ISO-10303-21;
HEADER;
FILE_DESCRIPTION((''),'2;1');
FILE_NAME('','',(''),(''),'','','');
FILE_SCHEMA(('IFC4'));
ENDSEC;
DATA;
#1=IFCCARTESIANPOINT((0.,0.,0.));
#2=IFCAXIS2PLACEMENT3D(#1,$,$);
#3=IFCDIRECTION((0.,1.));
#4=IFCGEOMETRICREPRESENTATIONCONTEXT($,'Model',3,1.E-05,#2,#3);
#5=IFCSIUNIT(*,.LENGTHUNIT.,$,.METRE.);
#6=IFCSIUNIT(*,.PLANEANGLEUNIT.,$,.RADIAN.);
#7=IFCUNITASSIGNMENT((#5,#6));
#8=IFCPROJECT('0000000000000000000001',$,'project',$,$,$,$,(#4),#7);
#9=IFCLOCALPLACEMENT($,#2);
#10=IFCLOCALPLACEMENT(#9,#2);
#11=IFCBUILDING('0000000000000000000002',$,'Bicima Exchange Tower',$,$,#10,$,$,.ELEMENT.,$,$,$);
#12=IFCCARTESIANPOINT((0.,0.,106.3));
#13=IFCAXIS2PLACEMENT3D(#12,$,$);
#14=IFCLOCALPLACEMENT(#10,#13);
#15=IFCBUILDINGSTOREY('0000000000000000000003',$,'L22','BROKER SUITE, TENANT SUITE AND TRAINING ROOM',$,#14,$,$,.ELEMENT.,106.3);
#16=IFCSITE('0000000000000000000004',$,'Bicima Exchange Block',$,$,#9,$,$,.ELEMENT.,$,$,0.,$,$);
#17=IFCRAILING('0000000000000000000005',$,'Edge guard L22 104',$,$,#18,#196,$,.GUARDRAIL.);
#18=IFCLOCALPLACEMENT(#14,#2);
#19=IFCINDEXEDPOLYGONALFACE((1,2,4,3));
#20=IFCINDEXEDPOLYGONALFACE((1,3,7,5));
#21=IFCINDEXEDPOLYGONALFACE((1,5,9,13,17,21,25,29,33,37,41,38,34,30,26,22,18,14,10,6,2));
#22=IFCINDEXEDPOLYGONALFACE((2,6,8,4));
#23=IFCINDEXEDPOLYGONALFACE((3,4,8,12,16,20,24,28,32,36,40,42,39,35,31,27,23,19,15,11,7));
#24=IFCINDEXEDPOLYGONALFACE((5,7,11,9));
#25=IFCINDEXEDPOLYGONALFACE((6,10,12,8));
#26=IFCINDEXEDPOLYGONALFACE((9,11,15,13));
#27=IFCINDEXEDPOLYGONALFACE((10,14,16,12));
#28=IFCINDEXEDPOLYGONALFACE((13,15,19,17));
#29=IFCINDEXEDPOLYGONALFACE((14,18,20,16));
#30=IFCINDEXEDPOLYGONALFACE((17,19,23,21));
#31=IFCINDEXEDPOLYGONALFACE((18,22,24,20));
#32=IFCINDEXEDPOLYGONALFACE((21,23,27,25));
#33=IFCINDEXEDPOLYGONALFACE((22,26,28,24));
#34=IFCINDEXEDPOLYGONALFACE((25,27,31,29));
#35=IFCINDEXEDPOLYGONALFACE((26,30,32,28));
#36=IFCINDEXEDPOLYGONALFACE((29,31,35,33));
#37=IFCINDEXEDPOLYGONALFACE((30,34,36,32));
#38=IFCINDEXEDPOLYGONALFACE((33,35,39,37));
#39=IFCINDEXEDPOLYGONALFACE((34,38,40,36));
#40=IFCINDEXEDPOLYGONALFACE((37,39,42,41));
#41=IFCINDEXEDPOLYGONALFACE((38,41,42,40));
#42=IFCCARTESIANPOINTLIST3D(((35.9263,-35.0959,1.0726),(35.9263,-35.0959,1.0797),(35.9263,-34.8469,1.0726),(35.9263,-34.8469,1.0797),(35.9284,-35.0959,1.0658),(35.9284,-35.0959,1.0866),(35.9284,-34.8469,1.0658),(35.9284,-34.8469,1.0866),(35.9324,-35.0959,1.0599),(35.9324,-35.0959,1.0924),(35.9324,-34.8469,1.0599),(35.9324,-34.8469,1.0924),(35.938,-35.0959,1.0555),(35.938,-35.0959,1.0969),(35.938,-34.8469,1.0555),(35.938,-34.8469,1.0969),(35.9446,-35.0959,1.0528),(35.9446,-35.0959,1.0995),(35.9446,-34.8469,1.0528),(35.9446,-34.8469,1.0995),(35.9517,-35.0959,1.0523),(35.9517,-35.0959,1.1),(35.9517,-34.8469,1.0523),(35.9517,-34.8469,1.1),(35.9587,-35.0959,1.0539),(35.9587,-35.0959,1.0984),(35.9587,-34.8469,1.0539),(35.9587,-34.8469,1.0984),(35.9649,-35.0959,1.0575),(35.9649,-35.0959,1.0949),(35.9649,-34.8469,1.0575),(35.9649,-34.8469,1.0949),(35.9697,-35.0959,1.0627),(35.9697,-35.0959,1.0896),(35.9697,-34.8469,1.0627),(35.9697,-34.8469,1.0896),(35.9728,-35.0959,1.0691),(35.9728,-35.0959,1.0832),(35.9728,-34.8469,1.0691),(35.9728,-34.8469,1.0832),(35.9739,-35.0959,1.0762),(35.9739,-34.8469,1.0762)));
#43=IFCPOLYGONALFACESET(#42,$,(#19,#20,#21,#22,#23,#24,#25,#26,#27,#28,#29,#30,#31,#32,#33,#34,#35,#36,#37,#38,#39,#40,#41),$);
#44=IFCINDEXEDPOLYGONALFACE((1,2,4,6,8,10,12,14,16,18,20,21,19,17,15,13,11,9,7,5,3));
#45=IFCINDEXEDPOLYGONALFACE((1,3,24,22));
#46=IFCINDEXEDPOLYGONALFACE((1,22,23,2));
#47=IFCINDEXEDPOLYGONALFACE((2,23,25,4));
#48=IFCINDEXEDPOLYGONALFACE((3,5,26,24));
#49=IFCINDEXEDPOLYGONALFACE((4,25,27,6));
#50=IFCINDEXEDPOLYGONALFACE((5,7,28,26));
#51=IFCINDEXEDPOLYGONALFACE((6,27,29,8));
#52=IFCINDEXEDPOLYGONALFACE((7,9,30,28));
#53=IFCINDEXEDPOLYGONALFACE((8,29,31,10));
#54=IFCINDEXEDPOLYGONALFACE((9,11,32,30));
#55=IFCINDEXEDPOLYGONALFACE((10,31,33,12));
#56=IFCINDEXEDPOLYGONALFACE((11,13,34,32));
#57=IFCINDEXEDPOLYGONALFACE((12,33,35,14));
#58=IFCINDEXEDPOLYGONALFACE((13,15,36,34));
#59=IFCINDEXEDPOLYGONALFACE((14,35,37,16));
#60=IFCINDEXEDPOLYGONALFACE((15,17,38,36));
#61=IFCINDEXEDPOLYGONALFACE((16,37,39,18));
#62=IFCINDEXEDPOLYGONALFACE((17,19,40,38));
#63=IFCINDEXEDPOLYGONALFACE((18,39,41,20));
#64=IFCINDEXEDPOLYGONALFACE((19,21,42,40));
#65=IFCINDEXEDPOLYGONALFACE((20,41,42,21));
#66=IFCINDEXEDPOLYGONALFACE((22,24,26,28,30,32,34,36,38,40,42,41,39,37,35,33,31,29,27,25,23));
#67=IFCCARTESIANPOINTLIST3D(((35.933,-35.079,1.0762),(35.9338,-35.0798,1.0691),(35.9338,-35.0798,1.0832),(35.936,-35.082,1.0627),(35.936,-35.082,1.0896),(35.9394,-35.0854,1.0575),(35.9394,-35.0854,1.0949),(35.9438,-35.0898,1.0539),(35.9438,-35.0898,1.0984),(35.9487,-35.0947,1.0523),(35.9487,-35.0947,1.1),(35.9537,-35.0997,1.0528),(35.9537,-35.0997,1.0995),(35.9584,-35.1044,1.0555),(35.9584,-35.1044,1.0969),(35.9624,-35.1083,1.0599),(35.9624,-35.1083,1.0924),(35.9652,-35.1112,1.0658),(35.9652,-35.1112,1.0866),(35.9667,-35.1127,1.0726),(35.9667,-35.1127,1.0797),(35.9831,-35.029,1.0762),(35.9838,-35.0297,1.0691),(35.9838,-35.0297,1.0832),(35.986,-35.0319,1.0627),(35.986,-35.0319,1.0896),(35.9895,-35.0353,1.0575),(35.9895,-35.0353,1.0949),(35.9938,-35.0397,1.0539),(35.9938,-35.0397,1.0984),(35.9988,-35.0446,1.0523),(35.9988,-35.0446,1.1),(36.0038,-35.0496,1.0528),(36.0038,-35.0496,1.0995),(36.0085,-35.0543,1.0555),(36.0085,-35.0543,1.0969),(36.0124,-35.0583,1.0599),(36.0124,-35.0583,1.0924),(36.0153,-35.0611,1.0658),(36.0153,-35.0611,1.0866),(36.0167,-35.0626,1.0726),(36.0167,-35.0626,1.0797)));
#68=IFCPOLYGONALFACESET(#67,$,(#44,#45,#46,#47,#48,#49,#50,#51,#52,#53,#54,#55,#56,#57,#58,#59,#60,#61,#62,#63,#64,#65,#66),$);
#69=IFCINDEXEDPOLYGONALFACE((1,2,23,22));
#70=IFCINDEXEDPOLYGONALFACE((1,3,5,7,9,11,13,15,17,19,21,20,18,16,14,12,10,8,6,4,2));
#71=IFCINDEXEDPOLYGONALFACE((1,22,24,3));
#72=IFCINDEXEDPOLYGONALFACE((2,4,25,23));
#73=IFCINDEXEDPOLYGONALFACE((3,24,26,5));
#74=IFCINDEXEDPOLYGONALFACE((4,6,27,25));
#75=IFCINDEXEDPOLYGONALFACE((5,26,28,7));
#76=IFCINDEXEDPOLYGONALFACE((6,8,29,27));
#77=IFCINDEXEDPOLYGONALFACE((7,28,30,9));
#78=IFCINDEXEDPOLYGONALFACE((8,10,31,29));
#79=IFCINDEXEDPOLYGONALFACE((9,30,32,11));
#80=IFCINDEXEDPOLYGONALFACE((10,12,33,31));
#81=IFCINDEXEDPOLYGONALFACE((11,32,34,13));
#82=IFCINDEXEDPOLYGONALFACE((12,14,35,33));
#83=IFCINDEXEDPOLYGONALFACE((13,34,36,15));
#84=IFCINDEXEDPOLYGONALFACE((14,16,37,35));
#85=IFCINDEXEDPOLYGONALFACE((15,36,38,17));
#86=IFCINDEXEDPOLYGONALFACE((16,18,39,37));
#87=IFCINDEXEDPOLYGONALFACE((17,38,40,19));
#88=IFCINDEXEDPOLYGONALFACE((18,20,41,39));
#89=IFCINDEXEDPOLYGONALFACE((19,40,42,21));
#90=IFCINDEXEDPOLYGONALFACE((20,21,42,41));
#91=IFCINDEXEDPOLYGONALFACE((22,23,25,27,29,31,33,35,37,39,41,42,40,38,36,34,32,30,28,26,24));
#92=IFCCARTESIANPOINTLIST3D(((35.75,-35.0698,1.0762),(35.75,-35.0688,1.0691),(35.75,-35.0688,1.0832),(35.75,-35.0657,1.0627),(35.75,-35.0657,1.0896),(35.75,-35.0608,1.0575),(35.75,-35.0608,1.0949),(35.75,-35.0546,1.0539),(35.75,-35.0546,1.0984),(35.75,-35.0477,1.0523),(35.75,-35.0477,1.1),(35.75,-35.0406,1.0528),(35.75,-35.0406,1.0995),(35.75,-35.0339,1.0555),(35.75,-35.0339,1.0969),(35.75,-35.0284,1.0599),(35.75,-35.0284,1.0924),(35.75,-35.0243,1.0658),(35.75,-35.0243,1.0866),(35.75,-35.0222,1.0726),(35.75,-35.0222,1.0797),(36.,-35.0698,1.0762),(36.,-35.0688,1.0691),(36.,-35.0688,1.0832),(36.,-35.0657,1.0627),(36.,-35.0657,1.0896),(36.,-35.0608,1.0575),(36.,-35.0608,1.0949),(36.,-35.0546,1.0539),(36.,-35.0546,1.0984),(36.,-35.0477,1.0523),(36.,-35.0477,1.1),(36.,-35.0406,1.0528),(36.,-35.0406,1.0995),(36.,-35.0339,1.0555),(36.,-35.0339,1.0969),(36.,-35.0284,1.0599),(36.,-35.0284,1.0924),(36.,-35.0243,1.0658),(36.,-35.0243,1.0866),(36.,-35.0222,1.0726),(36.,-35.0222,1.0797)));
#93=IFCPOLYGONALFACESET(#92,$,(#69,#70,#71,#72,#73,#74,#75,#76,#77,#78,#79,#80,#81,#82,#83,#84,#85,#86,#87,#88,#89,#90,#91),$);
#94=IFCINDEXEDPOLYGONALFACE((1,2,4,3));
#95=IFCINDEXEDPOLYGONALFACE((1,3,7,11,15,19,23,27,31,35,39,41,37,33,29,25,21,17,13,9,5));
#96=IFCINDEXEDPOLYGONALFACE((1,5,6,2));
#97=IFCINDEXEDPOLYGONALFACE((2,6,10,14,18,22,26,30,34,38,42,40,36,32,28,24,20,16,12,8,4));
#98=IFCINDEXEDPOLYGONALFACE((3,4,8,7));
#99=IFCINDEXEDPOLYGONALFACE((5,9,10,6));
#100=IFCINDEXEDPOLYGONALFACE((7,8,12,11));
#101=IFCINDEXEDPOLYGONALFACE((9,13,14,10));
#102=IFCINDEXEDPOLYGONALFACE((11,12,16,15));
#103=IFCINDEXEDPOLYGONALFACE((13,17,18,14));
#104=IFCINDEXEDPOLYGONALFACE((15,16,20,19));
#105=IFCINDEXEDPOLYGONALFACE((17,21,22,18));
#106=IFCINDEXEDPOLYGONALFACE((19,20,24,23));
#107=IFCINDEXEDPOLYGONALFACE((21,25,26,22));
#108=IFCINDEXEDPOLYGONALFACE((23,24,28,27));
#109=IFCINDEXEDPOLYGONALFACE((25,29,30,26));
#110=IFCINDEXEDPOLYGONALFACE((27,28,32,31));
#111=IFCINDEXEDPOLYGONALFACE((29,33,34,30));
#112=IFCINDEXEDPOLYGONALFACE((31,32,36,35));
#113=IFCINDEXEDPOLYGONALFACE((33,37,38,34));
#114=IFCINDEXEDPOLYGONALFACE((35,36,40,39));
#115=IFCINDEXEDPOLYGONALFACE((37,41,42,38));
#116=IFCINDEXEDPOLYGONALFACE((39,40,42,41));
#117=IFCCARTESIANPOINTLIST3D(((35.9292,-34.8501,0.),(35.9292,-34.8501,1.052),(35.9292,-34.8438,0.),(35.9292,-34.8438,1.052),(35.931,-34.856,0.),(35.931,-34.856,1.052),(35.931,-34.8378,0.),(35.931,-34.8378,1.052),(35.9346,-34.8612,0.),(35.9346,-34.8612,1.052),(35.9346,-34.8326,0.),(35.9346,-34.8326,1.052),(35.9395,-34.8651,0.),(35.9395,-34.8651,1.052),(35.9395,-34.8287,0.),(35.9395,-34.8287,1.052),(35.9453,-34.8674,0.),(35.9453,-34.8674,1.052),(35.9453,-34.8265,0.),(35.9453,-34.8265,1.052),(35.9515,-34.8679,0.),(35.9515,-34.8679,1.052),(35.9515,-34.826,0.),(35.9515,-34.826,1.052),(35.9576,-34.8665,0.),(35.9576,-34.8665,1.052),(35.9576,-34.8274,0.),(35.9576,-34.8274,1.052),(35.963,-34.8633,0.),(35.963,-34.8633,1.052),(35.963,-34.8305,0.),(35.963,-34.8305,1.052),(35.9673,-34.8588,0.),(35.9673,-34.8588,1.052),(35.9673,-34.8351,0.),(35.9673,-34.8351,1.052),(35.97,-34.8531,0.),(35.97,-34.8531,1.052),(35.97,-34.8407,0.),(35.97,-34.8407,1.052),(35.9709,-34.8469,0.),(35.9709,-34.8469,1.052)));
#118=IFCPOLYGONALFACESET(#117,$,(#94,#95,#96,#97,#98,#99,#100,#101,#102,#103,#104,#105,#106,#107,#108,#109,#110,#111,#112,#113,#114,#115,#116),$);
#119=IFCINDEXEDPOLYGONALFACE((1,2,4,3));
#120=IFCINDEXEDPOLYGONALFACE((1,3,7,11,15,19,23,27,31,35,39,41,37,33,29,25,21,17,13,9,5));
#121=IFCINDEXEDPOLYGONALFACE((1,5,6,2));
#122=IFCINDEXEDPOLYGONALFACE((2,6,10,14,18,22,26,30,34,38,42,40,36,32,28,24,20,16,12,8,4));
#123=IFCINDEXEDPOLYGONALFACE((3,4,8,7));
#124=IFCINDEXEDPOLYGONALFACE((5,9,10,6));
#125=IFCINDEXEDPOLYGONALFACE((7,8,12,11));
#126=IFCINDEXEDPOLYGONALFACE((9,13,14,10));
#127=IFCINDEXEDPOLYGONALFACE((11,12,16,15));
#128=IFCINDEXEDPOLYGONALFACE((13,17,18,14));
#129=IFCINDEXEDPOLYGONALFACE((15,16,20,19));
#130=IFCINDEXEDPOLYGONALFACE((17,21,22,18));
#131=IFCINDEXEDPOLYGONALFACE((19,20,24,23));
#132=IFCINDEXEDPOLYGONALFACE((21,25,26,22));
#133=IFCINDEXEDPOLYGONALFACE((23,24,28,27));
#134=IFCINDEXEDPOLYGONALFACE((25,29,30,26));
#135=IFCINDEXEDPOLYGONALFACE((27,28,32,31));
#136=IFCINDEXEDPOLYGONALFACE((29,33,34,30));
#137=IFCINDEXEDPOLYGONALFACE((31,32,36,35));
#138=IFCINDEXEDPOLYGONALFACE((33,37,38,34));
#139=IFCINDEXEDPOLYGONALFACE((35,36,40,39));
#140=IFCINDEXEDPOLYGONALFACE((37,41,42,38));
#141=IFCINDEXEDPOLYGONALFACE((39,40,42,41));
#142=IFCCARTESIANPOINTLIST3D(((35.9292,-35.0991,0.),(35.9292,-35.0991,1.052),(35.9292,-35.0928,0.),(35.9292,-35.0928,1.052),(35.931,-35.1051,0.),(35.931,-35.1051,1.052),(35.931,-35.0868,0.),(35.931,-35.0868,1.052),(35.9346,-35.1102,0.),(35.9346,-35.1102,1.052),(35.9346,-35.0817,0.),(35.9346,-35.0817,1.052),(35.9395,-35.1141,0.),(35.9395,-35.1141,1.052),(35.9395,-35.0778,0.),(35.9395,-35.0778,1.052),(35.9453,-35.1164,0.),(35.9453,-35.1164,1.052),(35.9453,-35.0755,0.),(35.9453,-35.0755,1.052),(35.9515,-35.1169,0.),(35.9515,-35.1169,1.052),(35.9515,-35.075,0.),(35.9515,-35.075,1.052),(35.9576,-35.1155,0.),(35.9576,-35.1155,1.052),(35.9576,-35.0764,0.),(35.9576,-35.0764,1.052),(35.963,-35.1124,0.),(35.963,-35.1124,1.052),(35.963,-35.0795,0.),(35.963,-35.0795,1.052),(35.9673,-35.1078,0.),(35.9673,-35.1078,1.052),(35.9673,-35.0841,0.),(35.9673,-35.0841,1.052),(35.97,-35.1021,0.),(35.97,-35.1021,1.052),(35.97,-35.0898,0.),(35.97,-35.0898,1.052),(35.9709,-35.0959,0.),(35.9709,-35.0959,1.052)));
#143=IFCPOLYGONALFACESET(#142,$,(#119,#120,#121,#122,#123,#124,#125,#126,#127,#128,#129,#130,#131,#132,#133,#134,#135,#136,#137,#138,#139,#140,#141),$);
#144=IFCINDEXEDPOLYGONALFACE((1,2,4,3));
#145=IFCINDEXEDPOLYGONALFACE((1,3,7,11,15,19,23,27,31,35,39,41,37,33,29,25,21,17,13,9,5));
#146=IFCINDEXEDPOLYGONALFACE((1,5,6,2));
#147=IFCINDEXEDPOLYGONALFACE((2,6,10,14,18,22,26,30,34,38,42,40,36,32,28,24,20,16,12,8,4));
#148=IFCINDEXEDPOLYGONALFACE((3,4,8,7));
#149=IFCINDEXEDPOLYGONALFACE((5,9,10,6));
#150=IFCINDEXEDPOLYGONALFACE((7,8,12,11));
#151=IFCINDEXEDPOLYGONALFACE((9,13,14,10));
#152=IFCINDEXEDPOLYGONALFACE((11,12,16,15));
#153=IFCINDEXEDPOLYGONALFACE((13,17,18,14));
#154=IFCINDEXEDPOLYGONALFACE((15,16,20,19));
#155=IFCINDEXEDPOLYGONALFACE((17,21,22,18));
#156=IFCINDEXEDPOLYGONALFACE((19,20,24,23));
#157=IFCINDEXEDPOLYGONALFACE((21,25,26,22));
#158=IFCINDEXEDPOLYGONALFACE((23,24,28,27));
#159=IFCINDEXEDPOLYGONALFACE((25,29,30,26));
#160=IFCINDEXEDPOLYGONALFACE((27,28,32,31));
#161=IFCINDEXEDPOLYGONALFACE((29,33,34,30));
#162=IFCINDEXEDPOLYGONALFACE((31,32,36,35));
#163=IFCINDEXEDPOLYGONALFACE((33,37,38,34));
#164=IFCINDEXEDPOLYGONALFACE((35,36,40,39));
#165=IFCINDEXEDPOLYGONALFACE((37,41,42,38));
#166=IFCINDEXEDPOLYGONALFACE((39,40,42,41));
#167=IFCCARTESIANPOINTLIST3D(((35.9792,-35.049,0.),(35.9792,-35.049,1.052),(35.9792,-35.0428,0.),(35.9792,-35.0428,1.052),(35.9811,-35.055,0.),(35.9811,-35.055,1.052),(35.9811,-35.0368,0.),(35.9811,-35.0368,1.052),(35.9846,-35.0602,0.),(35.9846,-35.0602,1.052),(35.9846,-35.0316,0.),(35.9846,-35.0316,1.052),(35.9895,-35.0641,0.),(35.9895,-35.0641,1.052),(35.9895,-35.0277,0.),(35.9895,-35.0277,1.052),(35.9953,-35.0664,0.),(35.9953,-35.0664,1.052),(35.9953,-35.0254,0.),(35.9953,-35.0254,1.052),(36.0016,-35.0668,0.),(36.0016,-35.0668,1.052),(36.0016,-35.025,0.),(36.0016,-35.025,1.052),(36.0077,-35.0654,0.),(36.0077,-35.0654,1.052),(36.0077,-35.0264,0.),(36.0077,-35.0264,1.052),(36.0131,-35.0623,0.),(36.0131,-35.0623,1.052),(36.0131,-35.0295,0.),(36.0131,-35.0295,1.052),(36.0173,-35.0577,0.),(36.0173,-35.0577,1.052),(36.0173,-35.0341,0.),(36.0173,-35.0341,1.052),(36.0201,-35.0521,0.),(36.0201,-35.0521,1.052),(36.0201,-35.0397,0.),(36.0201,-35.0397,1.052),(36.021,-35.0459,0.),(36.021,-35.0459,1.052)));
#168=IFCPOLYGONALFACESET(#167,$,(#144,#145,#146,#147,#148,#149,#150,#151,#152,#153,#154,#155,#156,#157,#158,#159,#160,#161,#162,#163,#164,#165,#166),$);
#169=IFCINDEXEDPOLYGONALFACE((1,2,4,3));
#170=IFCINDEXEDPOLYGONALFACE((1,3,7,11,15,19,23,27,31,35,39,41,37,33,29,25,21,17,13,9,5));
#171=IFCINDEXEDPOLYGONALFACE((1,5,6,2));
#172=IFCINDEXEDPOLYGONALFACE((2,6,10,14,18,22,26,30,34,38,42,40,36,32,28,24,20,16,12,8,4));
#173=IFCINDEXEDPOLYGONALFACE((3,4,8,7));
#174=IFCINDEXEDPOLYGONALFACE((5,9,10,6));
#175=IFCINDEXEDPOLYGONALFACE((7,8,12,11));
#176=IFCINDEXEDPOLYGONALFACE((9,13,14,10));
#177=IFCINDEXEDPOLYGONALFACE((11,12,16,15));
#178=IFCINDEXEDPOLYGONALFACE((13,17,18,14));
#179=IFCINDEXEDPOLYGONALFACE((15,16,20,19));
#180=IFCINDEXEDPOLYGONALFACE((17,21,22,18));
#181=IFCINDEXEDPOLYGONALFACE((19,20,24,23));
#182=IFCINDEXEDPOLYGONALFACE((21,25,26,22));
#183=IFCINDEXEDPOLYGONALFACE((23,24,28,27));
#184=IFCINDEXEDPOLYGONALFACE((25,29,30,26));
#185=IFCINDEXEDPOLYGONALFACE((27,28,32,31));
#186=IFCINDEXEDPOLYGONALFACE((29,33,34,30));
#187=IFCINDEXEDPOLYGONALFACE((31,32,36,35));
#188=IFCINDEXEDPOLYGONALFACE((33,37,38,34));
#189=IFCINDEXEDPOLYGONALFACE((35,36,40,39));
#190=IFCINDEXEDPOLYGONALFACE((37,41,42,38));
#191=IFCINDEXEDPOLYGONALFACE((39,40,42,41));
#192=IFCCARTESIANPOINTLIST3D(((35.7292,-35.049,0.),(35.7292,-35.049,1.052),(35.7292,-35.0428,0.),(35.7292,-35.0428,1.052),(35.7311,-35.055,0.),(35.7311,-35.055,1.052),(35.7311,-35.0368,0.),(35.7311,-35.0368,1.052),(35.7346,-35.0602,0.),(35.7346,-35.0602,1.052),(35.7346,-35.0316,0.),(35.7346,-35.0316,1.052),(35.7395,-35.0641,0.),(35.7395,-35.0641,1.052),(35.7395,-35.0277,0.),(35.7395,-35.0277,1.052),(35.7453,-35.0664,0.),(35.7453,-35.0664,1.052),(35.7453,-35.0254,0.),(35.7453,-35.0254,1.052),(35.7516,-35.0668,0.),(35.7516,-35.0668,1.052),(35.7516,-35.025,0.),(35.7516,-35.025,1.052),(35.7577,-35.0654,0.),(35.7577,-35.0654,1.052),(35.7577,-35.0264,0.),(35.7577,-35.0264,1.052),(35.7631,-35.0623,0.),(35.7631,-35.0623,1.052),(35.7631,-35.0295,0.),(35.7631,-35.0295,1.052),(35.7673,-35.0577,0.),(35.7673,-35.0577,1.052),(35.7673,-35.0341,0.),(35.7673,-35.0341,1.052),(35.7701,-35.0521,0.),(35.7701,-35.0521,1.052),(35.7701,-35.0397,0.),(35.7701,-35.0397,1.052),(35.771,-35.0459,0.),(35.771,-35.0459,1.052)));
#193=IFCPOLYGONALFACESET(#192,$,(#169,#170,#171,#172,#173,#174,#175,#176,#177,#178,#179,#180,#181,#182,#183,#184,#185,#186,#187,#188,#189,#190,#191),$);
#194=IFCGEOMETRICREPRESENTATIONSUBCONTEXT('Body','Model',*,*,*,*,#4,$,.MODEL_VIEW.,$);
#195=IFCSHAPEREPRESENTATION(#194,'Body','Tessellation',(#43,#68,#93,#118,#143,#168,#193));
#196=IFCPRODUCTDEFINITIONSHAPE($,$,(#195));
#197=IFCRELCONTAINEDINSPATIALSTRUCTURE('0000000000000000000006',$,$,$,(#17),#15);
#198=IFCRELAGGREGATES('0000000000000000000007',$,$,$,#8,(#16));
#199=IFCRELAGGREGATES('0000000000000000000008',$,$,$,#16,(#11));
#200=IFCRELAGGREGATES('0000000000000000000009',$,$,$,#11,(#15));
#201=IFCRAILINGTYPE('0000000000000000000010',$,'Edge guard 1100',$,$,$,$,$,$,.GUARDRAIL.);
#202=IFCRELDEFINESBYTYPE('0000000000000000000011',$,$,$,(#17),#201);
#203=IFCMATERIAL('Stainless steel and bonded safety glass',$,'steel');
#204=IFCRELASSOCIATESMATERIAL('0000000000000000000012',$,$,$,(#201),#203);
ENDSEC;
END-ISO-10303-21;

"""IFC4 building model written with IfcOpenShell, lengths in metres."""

from ifc_helpers import new_model, si_unit, direction, frame, origin, origin_2d, place, context, subcontext, project, spatial, circle, extrude, material, type_object, element, save


model = new_model("IFC4")

# Units and contexts
model_context = context("Model", 3, precision=1e-05, world=origin(), true_north=direction((0.0, 1.0)))
body_context = subcontext(model_context, "Body", "Model", "MODEL_VIEW")
ifc_project = project(units=[si_unit("LENGTHUNIT", "METRE"), si_unit("PLANEANGLEUNIT", "RADIAN")], contexts=[model_context])

# Site, building, storey
site_placement = place(None, origin())
site = spatial("IfcSite", under=ifc_project, at=site_placement, Name="Bicima Exchange Block", CompositionType="ELEMENT", RefElevation=0.0)
building_placement = place(site_placement, origin())
building = spatial("IfcBuilding", under=site, at=building_placement, Name="Bicima Exchange Tower", CompositionType="ELEMENT")
storey_placement = place(building_placement, frame((0.0, 0.0, 106.3)))
storey = spatial("IfcBuildingStorey", under=building, at=storey_placement, Name="L22", Description="BROKER SUITE, TENANT SUITE AND TRAINING ROOM", CompositionType="ELEMENT", Elevation=106.3)

# Railing
ifc_material_1 = material(Name="Stainless steel and bonded safety glass", Category="steel")
railing_type = type_object("IfcRailingType", Name="Edge guard 1100", PredefinedType="GUARDRAIL", material=ifc_material_1)
railing_1_placement = place(storey_placement, frame((35.95, -34.8469, 0.0)))
element("IfcRailing", 1, at=railing_1_placement, inside=storey, type_object=railing_type, Name="Edge guard L22 104", PredefinedType="GUARDRAIL", context=body_context, shape_type="SweptSolid", body=[
    extrude(circle(Radius=0.0239, at=origin_2d()), frame((0.0, 0.0, 1.0762), z_axis=(0.0, -1.0, 0.0), x_axis=(1.0, 0.0, 0.0)), (0.0, 0.0, 1.0), 0.249),
    extrude(circle(Radius=0.0239, at=origin_2d()), frame((0.0, -0.249, 1.0762), z_axis=(0.707107, 0.707107, 0.0), x_axis=(-0.707107, 0.707107, 0.0)), (0.0, 0.0, 1.0), 0.0708),
    extrude(circle(Radius=0.0239, at=origin_2d()), frame((0.05, -0.199, 1.0762), z_axis=(-1.0, 0.0, 0.0), x_axis=(0.0, -1.0, 0.0)), (0.0, 0.0, 1.0), 0.25),
    extrude(circle(Radius=0.021, at=origin_2d()), origin(), (0.0, 0.0, 1.0), 1.052),
    extrude(circle(Radius=0.021, at=origin_2d()), frame((0.0, -0.249, 0.0)), (0.0, 0.0, 1.0), 1.052),
    extrude(circle(Radius=0.021, at=origin_2d()), frame((0.05, -0.199, 0.0)), (0.0, 0.0, 1.0), 1.052),
    extrude(circle(Radius=0.021, at=origin_2d()), frame((-0.2, -0.199, 0.0)), (0.0, 0.0, 1.0), 1.052),
])

save(model, "model.ifc")
